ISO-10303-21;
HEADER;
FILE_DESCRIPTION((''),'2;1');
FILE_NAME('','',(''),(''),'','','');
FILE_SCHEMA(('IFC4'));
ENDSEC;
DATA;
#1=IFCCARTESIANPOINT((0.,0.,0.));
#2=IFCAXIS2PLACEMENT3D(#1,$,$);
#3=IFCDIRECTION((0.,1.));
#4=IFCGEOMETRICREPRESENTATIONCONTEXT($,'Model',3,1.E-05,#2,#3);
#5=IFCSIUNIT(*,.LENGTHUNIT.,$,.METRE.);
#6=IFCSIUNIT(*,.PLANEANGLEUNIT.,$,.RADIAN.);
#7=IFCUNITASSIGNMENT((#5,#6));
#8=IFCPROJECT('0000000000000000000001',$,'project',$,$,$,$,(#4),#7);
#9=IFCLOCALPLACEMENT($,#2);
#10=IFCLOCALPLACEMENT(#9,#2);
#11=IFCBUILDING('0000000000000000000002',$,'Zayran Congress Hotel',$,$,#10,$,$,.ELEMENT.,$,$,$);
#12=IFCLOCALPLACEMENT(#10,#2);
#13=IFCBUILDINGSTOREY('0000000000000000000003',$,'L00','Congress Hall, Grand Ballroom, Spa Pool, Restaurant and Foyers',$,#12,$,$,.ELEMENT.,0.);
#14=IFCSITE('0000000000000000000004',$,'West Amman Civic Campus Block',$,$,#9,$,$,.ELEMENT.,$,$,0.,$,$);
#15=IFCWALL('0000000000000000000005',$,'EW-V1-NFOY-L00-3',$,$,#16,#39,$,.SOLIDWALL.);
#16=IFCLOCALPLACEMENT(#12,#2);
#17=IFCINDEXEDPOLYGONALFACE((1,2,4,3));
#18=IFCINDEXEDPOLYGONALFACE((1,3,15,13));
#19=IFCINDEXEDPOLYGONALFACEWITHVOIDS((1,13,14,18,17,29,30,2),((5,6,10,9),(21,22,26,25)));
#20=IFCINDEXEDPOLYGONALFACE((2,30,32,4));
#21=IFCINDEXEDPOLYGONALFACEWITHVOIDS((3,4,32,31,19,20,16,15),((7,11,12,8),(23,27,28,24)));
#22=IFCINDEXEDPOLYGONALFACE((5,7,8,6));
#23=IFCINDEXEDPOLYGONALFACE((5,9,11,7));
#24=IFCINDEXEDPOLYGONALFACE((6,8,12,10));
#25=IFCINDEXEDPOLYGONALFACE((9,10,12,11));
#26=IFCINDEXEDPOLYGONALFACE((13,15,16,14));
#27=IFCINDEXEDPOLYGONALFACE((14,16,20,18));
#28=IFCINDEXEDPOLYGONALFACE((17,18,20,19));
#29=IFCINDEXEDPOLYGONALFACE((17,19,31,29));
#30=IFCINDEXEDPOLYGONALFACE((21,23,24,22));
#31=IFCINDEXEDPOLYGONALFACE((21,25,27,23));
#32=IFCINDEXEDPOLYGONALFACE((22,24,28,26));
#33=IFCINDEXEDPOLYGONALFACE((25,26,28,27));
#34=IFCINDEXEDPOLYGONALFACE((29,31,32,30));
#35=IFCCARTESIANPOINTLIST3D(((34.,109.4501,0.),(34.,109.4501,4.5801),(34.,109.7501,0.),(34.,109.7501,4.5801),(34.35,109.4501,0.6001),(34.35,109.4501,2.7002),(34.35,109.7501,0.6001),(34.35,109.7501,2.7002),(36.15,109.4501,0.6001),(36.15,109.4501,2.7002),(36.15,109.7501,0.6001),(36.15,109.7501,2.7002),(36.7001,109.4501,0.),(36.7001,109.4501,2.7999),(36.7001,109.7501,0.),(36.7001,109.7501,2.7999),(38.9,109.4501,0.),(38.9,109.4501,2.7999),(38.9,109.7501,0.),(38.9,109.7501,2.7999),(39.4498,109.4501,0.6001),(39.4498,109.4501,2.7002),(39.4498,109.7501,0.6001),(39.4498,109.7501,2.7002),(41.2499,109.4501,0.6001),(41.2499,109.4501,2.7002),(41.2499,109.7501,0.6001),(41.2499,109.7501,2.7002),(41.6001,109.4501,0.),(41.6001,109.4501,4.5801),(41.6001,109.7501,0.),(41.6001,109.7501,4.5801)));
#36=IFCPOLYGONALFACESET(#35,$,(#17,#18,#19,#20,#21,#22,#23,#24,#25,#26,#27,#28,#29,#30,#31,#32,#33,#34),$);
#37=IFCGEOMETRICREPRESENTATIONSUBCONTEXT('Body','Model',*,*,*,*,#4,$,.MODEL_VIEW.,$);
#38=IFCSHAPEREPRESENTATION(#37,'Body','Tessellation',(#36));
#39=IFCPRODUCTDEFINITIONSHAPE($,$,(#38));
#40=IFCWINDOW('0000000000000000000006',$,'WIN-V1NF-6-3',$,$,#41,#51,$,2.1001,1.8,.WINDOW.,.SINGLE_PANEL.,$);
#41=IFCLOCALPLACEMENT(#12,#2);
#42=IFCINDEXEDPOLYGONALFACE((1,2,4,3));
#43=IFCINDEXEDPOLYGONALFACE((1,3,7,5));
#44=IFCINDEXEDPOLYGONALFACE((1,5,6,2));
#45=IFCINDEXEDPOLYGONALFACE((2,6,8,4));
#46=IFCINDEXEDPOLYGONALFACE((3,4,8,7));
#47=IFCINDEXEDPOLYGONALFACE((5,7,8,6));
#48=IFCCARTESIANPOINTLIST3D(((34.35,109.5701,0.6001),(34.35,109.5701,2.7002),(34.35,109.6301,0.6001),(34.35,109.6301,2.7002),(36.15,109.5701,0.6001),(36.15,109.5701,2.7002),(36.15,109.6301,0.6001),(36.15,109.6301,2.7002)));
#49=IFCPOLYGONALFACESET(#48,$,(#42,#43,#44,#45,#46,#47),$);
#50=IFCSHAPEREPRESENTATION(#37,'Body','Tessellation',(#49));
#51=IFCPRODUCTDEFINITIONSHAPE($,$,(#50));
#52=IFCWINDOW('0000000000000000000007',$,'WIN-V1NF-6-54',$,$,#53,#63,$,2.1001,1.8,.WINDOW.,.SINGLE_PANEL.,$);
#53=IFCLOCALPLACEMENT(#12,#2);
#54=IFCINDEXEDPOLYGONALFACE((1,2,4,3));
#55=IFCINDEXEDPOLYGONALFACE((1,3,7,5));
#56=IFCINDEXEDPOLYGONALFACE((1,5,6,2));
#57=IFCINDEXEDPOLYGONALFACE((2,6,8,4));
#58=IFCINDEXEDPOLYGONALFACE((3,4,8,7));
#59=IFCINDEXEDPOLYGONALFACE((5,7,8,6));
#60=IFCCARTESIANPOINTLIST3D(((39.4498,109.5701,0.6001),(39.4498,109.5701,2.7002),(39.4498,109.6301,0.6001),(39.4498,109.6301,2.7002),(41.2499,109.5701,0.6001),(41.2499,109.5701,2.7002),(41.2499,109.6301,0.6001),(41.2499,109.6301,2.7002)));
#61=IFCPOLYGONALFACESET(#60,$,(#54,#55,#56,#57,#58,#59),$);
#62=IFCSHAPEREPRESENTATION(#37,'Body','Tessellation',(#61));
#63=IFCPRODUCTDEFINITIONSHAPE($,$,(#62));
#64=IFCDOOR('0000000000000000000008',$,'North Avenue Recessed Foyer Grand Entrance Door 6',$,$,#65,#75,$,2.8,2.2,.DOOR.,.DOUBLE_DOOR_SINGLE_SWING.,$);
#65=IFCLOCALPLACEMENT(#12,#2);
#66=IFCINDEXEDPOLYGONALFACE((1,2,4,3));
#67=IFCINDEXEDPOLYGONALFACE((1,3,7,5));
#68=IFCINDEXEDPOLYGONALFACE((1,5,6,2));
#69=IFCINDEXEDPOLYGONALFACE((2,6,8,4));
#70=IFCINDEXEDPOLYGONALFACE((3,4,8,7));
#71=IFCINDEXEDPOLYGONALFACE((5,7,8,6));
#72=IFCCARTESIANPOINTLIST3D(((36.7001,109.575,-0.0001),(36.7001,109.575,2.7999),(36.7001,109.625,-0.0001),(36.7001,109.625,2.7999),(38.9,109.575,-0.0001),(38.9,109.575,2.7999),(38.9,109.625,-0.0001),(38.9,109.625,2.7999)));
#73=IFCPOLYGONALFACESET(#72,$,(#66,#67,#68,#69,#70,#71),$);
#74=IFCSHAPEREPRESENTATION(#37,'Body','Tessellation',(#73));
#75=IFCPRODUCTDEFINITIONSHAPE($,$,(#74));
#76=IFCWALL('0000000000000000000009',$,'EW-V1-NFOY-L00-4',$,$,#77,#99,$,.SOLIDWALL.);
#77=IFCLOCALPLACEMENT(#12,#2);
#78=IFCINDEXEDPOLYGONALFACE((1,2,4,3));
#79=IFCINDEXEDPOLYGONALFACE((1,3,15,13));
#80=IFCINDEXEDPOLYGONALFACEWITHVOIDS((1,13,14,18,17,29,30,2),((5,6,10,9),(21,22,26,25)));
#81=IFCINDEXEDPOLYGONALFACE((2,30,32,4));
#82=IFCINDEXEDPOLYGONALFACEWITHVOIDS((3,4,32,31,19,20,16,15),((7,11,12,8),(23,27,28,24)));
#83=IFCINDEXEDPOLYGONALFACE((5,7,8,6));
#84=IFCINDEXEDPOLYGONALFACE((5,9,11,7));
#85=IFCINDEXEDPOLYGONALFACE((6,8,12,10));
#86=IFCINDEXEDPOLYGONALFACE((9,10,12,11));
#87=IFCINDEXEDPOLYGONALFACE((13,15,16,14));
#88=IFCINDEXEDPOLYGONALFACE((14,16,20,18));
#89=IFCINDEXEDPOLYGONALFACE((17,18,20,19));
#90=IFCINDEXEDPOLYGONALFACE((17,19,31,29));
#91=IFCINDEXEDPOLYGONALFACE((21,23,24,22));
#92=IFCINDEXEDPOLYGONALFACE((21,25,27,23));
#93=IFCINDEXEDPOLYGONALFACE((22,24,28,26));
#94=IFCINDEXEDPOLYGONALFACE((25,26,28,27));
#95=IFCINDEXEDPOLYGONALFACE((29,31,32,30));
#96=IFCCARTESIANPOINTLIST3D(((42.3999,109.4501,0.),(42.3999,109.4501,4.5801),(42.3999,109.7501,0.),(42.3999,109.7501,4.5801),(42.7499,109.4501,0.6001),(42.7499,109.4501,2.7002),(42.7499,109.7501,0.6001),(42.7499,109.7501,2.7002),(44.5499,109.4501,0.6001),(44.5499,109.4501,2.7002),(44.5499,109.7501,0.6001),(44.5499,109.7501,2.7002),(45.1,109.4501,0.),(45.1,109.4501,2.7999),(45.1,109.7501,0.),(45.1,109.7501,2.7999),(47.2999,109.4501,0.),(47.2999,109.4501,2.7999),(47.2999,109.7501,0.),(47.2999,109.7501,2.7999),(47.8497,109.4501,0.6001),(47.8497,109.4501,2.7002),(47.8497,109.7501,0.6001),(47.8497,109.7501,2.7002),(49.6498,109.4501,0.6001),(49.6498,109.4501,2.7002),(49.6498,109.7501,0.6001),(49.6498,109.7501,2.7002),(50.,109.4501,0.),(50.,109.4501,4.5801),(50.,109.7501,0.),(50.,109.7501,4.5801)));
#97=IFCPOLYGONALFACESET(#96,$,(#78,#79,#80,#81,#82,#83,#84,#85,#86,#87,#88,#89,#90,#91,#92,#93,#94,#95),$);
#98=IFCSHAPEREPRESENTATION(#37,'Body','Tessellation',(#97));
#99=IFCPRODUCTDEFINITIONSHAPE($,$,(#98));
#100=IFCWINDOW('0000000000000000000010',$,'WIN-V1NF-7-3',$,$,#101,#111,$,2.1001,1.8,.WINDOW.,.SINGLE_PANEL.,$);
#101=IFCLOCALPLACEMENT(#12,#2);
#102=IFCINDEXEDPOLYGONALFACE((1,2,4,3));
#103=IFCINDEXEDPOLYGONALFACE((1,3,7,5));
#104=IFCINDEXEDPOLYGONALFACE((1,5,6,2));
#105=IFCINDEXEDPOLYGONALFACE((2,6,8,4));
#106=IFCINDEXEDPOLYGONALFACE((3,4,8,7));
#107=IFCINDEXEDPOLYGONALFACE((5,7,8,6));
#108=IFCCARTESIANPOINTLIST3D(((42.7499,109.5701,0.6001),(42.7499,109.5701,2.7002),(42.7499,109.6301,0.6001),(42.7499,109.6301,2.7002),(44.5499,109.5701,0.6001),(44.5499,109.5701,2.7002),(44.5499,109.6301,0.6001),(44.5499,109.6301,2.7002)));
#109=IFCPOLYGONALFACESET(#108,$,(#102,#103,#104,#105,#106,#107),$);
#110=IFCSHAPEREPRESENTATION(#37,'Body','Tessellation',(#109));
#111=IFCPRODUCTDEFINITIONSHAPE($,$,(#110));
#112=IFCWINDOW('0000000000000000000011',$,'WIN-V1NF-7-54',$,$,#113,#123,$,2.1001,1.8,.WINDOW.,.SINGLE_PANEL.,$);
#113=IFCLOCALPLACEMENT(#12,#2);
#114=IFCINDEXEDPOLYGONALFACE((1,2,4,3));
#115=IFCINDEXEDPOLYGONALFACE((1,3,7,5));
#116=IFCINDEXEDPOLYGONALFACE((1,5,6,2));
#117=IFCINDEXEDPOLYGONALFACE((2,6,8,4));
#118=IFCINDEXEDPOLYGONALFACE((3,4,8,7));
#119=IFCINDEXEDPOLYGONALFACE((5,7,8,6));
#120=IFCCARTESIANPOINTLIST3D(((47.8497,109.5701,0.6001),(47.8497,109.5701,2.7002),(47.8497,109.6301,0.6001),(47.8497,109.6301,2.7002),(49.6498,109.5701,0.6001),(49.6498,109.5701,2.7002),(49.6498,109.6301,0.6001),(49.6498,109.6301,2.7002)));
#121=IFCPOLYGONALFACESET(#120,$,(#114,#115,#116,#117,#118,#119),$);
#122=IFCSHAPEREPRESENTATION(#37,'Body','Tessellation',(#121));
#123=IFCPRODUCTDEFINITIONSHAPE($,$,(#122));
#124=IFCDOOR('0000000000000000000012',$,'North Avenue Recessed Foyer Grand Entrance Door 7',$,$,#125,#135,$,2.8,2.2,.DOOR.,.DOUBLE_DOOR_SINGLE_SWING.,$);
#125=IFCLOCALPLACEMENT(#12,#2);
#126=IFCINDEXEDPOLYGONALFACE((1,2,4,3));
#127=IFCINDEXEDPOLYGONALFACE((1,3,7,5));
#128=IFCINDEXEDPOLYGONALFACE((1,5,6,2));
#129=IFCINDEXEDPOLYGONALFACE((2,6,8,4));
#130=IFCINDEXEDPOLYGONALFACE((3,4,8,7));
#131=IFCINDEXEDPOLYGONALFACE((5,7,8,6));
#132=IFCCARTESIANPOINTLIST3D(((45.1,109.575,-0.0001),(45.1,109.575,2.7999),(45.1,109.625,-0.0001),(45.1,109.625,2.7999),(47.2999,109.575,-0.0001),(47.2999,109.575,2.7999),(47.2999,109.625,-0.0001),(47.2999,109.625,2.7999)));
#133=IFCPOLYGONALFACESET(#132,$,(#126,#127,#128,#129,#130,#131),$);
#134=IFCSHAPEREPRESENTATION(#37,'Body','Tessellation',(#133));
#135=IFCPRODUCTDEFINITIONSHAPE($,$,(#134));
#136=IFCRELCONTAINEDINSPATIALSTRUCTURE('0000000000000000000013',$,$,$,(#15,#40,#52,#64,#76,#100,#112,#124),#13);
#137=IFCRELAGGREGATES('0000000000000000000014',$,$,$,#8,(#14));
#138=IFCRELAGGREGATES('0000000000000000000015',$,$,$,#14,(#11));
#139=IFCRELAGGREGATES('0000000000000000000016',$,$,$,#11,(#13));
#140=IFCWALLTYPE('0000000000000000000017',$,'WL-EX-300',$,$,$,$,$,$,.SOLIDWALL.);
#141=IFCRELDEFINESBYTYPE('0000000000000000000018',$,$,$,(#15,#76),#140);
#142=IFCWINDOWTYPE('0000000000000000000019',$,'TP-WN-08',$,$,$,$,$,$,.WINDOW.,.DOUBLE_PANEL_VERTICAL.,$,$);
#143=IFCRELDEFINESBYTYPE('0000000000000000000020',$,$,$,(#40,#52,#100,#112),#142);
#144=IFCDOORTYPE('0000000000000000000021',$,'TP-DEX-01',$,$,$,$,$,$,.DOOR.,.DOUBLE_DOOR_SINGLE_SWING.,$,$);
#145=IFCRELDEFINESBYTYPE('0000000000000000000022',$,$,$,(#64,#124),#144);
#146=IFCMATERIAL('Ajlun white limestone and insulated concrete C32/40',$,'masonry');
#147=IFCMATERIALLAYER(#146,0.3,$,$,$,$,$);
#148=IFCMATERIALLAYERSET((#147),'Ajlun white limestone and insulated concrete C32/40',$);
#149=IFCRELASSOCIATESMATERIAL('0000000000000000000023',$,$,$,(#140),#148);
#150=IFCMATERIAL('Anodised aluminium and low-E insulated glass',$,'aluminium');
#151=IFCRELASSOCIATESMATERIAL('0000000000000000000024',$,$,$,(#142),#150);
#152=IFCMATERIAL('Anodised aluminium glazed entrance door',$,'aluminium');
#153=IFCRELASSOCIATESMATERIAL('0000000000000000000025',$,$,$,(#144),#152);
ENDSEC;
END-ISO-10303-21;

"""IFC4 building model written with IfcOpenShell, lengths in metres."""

from ifc_helpers import new_model, si_unit, direction, frame, frame_2d, origin, place, context, subcontext, project, spatial, rectangle, extrude, material, layer, layer_set, type_object, element, fill, save


model = new_model("IFC4")

# Units and contexts
model_context = context("Model", 3, precision=1e-05, world=origin(), true_north=direction((0.0, 1.0)))
body_context = subcontext(model_context, "Body", "Model", "MODEL_VIEW")
ifc_project = project(units=[si_unit("LENGTHUNIT", "METRE"), si_unit("PLANEANGLEUNIT", "RADIAN")], contexts=[model_context])

# Site, building, storey
site_placement = place(None, origin())
site = spatial("IfcSite", under=ifc_project, at=site_placement, Name="West Amman Civic Campus Block", CompositionType="ELEMENT", RefElevation=0.0)
building_placement = place(site_placement, origin())
building = spatial("IfcBuilding", under=site, at=building_placement, Name="Zayran Congress Hotel", CompositionType="ELEMENT")
storey_placement = place(building_placement, origin())
storey = spatial("IfcBuildingStorey", under=building, at=storey_placement, Name="L00", Description="Congress Hall, Grand Ballroom, Spa Pool, Restaurant and Foyers", CompositionType="ELEMENT", Elevation=0.0)

# Walls, openings, windows, doors
ifc_material_1 = material(Name="Ajlun white limestone and insulated concrete C32/40", Category="masonry")
ifc_layer = layer(ifc_material_1, 0.3)
ifc_layer_set = layer_set([ifc_layer], Name="Ajlun white limestone and insulated concrete C32/40")
wall_type = type_object("IfcWallType", Name="WL-EX-300", PredefinedType="SOLIDWALL", material=ifc_layer_set)
wall_1_placement = place(storey_placement, frame((34.0, 109.6001, 0.0), z_axis=(0.0, 0.0, 1.0), x_axis=(1.0, 0.0, 0.0)))
wall_1 = element("IfcWall", 1, at=wall_1_placement, inside=storey, type_object=wall_type, Name="EW-V1-NFOY-L00-3", PredefinedType="SOLIDWALL", context=body_context, shape_type="SweptSolid", body=[
    extrude(rectangle(XDim=7.6001, YDim=0.3, at=frame_2d((3.8, 0.0))), origin(), (0.0, 0.0, 1.0), 4.5801),
])
opening_1_placement = place(wall_1_placement, frame((2.7, 0.0, 0.0)))
opening_1 = element("IfcOpeningElement", 2, at=opening_1_placement, cuts=wall_1, PredefinedType="OPENING", context=body_context, shape_type="SweptSolid", body=[
    extrude(rectangle(XDim=2.2, YDim=2.8, at=frame_2d((1.1001, 1.3999))), frame((0.0, 0.1599, 0.0), z_axis=(0.0, -1.0, 0.0), x_axis=(1.0, 0.0, 0.0)), (0.0, 0.0, 1.0), 0.3201),
])
opening_2_placement = place(wall_1_placement, frame((0.3501, 0.0, 0.6001)))
opening_2 = element("IfcOpeningElement", 3, at=opening_2_placement, cuts=wall_1, PredefinedType="OPENING", context=body_context, shape_type="SweptSolid", body=[
    extrude(rectangle(XDim=1.8, YDim=2.1001, at=frame_2d((0.8999, 1.05))), frame((0.0, 0.1599, 0.0), z_axis=(0.0, -1.0, 0.0), x_axis=(1.0, 0.0, 0.0)), (0.0, 0.0, 1.0), 0.3201),
])
opening_3_placement = place(wall_1_placement, frame((5.45, 0.0, 0.6001)))
opening_3 = element("IfcOpeningElement", 4, at=opening_3_placement, cuts=wall_1, PredefinedType="OPENING", context=body_context, shape_type="SweptSolid", body=[
    extrude(rectangle(XDim=1.8, YDim=2.1001, at=frame_2d((0.8999, 1.05))), frame((0.0, 0.1599, 0.0), z_axis=(0.0, -1.0, 0.0), x_axis=(1.0, 0.0, 0.0)), (0.0, 0.0, 1.0), 0.3201),
])
ifc_material_2 = material(Name="Anodised aluminium and low-E insulated glass", Category="aluminium")
window_type = type_object("IfcWindowType", Name="TP-WN-08", PartitioningType="DOUBLE_PANEL_VERTICAL", PredefinedType="WINDOW", material=ifc_material_2)
window_1_placement = place(opening_2_placement, origin())
window_1 = element("IfcWindow", 5, at=window_1_placement, inside=storey, type_object=window_type, Name="WIN-V1NF-6-3", OverallHeight=2.1001, OverallWidth=1.8, PartitioningType="SINGLE_PANEL", PredefinedType="WINDOW", context=body_context, shape_type="SweptSolid", body=[
    extrude(rectangle(XDim=1.8, YDim=2.1001, at=frame_2d((0.8999, 1.05))), frame((0.0, 0.03, 0.0), z_axis=(0.0, -1.0, 0.0), x_axis=(1.0, 0.0, 0.0)), (0.0, 0.0, 1.0), 0.0601),
])
fill(opening_2, window_1)
window_2_placement = place(opening_3_placement, origin())
window_2 = element("IfcWindow", 6, at=window_2_placement, inside=storey, type_object=window_type, Name="WIN-V1NF-6-54", OverallHeight=2.1001, OverallWidth=1.8, PartitioningType="SINGLE_PANEL", PredefinedType="WINDOW", context=body_context, shape_type="SweptSolid", body=[
    extrude(rectangle(XDim=1.8, YDim=2.1001, at=frame_2d((0.8999, 1.05))), frame((0.0, 0.03, 0.0), z_axis=(0.0, -1.0, 0.0), x_axis=(1.0, 0.0, 0.0)), (0.0, 0.0, 1.0), 0.0601),
])
fill(opening_3, window_2)
ifc_material_3 = material(Name="Anodised aluminium glazed entrance door", Category="aluminium")
door_type = type_object("IfcDoorType", Name="TP-DEX-01", OperationType="DOUBLE_DOOR_SINGLE_SWING", PredefinedType="DOOR", material=ifc_material_3)
door_1_placement = place(opening_1_placement, origin())
door_1 = element("IfcDoor", 7, at=door_1_placement, inside=storey, type_object=door_type, Name="North Avenue Recessed Foyer Grand Entrance Door 6", OperationType="DOUBLE_DOOR_SINGLE_SWING", OverallHeight=2.8, OverallWidth=2.2, PredefinedType="DOOR", context=body_context, shape_type="SweptSolid", body=[
    extrude(rectangle(XDim=2.2, YDim=2.8, at=frame_2d((1.1001, 1.3999))), frame((0.0, 0.0249, 0.0), z_axis=(0.0, -1.0, 0.0), x_axis=(1.0, 0.0, 0.0)), (0.0, 0.0, 1.0), 0.05),
])
fill(opening_1, door_1)
wall_2_placement = place(storey_placement, frame((42.3999, 109.6001, 0.0), z_axis=(0.0, 0.0, 1.0), x_axis=(1.0, 0.0, 0.0)))
wall_2 = element("IfcWall", 8, at=wall_2_placement, inside=storey, type_object=wall_type, Name="EW-V1-NFOY-L00-4", PredefinedType="SOLIDWALL", context=body_context, shape_type="SweptSolid", body=[
    extrude(rectangle(XDim=7.6001, YDim=0.3, at=frame_2d((3.8, 0.0))), origin(), (0.0, 0.0, 1.0), 4.5801),
])
opening_4_placement = place(wall_2_placement, frame((2.7, 0.0, 0.0)))
opening_4 = element("IfcOpeningElement", 9, at=opening_4_placement, cuts=wall_2, PredefinedType="OPENING", context=body_context, shape_type="SweptSolid", body=[
    extrude(rectangle(XDim=2.2, YDim=2.8, at=frame_2d((1.1001, 1.3999))), frame((0.0, 0.1599, 0.0), z_axis=(0.0, -1.0, 0.0), x_axis=(1.0, 0.0, 0.0)), (0.0, 0.0, 1.0), 0.3201),
])
opening_5_placement = place(wall_2_placement, frame((0.3501, 0.0, 0.6001)))
opening_5 = element("IfcOpeningElement", 10, at=opening_5_placement, cuts=wall_2, PredefinedType="OPENING", context=body_context, shape_type="SweptSolid", body=[
    extrude(rectangle(XDim=1.8, YDim=2.1001, at=frame_2d((0.8999, 1.05))), frame((0.0, 0.1599, 0.0), z_axis=(0.0, -1.0, 0.0), x_axis=(1.0, 0.0, 0.0)), (0.0, 0.0, 1.0), 0.3201),
])
opening_6_placement = place(wall_2_placement, frame((5.45, 0.0, 0.6001)))
opening_6 = element("IfcOpeningElement", 11, at=opening_6_placement, cuts=wall_2, PredefinedType="OPENING", context=body_context, shape_type="SweptSolid", body=[
    extrude(rectangle(XDim=1.8, YDim=2.1001, at=frame_2d((0.8999, 1.05))), frame((0.0, 0.1599, 0.0), z_axis=(0.0, -1.0, 0.0), x_axis=(1.0, 0.0, 0.0)), (0.0, 0.0, 1.0), 0.3201),
])
window_3_placement = place(opening_5_placement, origin())
window_3 = element("IfcWindow", 12, at=window_3_placement, inside=storey, type_object=window_type, Name="WIN-V1NF-7-3", OverallHeight=2.1001, OverallWidth=1.8, PartitioningType="SINGLE_PANEL", PredefinedType="WINDOW", context=body_context, shape_type="SweptSolid", body=[
    extrude(rectangle(XDim=1.8, YDim=2.1001, at=frame_2d((0.8999, 1.05))), frame((0.0, 0.03, 0.0), z_axis=(0.0, -1.0, 0.0), x_axis=(1.0, 0.0, 0.0)), (0.0, 0.0, 1.0), 0.0601),
])
fill(opening_5, window_3)
window_4_placement = place(opening_6_placement, origin())
window_4 = element("IfcWindow", 13, at=window_4_placement, inside=storey, type_object=window_type, Name="WIN-V1NF-7-54", OverallHeight=2.1001, OverallWidth=1.8, PartitioningType="SINGLE_PANEL", PredefinedType="WINDOW", context=body_context, shape_type="SweptSolid", body=[
    extrude(rectangle(XDim=1.8, YDim=2.1001, at=frame_2d((0.8999, 1.05))), frame((0.0, 0.03, 0.0), z_axis=(0.0, -1.0, 0.0), x_axis=(1.0, 0.0, 0.0)), (0.0, 0.0, 1.0), 0.0601),
])
fill(opening_6, window_4)
door_2_placement = place(opening_4_placement, origin())
door_2 = element("IfcDoor", 14, at=door_2_placement, inside=storey, type_object=door_type, Name="North Avenue Recessed Foyer Grand Entrance Door 7", OperationType="DOUBLE_DOOR_SINGLE_SWING", OverallHeight=2.8, OverallWidth=2.2, PredefinedType="DOOR", context=body_context, shape_type="SweptSolid", body=[
    extrude(rectangle(XDim=2.2, YDim=2.8, at=frame_2d((1.1001, 1.3999))), frame((0.0, 0.0249, 0.0), z_axis=(0.0, -1.0, 0.0), x_axis=(1.0, 0.0, 0.0)), (0.0, 0.0, 1.0), 0.05),
])
fill(opening_4, door_2)

save(model, "model.ifc")
